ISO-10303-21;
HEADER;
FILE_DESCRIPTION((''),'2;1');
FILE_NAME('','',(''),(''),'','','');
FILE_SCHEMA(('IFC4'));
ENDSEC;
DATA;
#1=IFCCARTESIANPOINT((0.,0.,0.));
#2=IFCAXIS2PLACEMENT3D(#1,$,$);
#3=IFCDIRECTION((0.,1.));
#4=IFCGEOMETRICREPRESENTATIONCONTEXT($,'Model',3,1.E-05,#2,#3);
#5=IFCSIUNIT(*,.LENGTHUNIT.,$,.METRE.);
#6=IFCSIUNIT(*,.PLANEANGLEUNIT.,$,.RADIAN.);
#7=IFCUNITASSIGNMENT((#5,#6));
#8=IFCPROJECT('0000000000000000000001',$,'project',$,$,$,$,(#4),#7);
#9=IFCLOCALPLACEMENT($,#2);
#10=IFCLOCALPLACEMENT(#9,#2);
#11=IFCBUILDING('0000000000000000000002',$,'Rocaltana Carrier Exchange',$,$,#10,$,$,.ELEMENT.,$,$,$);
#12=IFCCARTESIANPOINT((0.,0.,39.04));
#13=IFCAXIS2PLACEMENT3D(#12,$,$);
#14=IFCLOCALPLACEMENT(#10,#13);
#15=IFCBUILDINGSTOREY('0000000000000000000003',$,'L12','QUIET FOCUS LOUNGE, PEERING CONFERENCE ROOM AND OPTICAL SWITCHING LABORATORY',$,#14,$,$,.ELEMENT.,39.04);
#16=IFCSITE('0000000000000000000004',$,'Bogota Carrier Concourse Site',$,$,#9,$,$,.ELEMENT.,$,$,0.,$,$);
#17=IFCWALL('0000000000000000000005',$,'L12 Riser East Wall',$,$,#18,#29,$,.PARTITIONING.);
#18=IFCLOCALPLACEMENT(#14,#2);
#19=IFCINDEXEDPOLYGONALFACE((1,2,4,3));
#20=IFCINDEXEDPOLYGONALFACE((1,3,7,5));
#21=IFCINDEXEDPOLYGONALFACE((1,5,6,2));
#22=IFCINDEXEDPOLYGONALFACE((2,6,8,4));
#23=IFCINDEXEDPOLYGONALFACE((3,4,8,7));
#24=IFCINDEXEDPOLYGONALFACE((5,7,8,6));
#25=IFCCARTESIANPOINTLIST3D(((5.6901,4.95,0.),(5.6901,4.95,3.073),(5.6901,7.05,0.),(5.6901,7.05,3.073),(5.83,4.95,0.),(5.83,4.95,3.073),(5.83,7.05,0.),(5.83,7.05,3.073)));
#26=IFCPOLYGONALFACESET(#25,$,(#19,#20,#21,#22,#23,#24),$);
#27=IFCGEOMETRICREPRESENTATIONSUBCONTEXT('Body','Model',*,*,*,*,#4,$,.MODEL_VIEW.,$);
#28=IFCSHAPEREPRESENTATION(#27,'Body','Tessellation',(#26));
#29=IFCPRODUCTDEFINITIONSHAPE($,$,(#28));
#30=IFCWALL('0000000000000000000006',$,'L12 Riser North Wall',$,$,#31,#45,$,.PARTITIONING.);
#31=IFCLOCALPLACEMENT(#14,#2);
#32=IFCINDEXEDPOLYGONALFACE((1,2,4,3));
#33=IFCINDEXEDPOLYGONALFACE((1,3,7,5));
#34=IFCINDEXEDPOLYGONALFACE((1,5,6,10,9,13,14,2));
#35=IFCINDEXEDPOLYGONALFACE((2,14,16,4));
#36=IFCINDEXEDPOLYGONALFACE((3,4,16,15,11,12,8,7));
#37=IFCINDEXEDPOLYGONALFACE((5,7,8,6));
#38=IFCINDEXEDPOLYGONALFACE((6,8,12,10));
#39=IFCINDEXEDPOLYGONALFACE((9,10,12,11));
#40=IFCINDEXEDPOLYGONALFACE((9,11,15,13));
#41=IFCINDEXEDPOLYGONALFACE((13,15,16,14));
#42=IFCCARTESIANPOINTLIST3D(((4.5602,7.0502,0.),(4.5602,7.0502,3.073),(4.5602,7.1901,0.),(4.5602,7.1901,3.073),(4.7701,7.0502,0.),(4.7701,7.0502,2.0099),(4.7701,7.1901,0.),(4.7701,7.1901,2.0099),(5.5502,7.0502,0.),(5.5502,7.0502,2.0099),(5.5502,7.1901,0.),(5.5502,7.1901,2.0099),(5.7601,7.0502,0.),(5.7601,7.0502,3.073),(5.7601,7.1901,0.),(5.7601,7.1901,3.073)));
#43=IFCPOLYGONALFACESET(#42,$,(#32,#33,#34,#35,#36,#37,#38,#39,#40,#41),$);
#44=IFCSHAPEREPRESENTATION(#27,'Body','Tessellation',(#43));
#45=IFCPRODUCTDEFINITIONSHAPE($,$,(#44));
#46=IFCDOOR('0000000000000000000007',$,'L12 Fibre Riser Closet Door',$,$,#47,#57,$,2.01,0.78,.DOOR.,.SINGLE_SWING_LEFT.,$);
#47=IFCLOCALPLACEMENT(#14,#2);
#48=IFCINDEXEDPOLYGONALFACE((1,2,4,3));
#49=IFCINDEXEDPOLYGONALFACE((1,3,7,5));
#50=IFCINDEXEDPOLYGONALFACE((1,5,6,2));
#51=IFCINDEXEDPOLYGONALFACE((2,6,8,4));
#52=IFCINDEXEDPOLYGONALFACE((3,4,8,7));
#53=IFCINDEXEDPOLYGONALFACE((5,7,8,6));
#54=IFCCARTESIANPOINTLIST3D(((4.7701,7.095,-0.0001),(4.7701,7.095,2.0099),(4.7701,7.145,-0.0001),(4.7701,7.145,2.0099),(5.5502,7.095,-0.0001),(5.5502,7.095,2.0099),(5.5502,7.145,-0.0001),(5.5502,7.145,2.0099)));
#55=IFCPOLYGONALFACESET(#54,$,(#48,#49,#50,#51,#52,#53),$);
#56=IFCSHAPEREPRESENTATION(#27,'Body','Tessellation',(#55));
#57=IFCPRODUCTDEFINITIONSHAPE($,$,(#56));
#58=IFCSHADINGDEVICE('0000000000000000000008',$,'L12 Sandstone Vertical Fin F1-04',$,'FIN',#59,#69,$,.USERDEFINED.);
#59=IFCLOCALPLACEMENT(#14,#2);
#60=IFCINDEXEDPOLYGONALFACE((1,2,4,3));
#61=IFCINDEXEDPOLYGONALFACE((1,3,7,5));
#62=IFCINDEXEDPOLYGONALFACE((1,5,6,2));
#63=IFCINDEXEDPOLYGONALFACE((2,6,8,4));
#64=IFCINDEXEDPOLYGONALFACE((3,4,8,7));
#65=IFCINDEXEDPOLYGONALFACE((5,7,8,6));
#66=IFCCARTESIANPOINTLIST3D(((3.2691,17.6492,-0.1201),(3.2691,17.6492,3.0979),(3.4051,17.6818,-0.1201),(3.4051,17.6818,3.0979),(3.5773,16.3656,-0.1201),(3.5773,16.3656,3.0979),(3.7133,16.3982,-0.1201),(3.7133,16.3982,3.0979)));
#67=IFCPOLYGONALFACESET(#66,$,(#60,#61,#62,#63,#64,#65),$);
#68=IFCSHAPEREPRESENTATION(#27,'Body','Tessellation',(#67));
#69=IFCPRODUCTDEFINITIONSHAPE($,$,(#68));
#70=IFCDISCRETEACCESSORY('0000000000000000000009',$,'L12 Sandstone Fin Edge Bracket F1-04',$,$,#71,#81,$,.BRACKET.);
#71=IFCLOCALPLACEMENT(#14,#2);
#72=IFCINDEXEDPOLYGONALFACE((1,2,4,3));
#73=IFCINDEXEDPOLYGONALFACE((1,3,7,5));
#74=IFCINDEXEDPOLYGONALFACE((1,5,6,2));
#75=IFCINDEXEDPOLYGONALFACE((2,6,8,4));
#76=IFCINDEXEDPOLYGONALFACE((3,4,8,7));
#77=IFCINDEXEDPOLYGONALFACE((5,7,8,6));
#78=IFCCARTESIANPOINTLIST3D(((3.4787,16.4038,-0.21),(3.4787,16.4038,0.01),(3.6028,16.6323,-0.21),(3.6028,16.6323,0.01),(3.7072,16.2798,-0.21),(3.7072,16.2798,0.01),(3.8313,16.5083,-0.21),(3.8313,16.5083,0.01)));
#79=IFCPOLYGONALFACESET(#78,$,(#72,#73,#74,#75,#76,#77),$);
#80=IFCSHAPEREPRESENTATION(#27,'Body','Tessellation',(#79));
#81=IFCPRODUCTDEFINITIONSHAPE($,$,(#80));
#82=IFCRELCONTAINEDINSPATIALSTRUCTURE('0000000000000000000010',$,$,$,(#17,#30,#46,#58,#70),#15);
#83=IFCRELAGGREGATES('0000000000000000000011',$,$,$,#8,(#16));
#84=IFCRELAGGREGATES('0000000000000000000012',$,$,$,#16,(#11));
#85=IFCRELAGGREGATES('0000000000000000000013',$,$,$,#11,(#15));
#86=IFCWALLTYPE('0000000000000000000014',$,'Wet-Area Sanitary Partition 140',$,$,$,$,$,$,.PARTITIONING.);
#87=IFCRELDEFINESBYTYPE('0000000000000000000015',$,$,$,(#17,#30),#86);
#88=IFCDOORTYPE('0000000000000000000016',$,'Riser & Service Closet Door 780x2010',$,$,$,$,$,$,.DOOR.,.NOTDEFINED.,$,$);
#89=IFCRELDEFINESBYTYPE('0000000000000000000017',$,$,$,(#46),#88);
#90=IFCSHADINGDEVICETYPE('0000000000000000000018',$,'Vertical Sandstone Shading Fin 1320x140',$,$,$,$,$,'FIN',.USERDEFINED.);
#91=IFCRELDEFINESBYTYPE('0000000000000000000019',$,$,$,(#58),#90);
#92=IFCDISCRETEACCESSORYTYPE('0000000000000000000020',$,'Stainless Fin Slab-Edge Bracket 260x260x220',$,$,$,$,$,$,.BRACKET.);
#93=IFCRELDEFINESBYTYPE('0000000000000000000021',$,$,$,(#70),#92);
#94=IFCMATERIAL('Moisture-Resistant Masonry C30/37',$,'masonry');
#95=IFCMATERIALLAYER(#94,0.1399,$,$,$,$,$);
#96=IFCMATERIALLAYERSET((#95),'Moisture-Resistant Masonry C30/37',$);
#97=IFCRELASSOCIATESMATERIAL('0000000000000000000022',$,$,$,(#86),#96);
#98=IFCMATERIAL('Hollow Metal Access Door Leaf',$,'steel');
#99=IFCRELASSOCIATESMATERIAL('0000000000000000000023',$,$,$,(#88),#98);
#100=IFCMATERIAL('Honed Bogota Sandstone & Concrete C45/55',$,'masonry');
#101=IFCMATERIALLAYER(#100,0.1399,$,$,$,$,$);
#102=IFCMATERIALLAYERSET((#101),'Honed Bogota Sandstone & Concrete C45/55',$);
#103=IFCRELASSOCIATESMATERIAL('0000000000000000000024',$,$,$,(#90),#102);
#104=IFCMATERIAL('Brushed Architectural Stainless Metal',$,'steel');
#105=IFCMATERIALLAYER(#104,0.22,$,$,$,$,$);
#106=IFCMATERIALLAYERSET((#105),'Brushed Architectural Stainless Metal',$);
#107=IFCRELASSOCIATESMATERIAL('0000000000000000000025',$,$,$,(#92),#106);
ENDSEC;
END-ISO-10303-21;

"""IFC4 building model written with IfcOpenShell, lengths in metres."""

from ifc_helpers import new_model, si_unit, direction, frame, frame_2d, origin, origin_2d, place, context, subcontext, project, spatial, rectangle, extrude, material, layer, layer_set, type_object, element, fill, save


model = new_model("IFC4")

# Units and contexts
model_context = context("Model", 3, precision=1e-05, world=origin(), true_north=direction((0.0, 1.0)))
body_context = subcontext(model_context, "Body", "Model", "MODEL_VIEW")
ifc_project = project(units=[si_unit("LENGTHUNIT", "METRE"), si_unit("PLANEANGLEUNIT", "RADIAN")], contexts=[model_context])

# Site, building, storey
site_placement = place(None, origin())
site = spatial("IfcSite", under=ifc_project, at=site_placement, Name="Bogota Carrier Concourse Site", CompositionType="ELEMENT", RefElevation=0.0)
building_placement = place(site_placement, origin())
building = spatial("IfcBuilding", under=site, at=building_placement, Name="Rocaltana Carrier Exchange", CompositionType="ELEMENT")
storey_placement = place(building_placement, frame((0.0, 0.0, 39.04)))
storey = spatial("IfcBuildingStorey", under=building, at=storey_placement, Name="L12", Description="QUIET FOCUS LOUNGE, PEERING CONFERENCE ROOM AND OPTICAL SWITCHING LABORATORY", CompositionType="ELEMENT", Elevation=39.04)

# Wall
ifc_material_1 = material(Name="Moisture-Resistant Masonry C30/37", Category="masonry")
ifc_layer_1 = layer(ifc_material_1, 0.1399)
ifc_layer_set_1 = layer_set([ifc_layer_1], Name="Moisture-Resistant Masonry C30/37")
wall_type_1 = type_object("IfcWallType", Name="Wet-Area Sanitary Partition 140", PredefinedType="PARTITIONING", material=ifc_layer_set_1)
wall_1_placement = place(storey_placement, frame((5.76, 4.95, 0.0), z_axis=(0.0, 0.0, 1.0), x_axis=(0.0, 1.0, 0.0)))
element("IfcWall", 1, at=wall_1_placement, inside=storey, type_object=wall_type_1, Name="L12 Riser East Wall", PredefinedType="PARTITIONING", context=body_context, shape_type="SweptSolid", body=[
    extrude(rectangle(XDim=2.1001, YDim=0.1399, at=frame_2d((1.05, 0.0))), origin(), (0.0, 0.0, 1.0), 3.073),
])

# Wall, opening, door
wall_2_placement = place(storey_placement, frame((4.5601, 7.1201, 0.0), z_axis=(0.0, 0.0, 1.0), x_axis=(1.0, 0.0, 0.0)))
wall_2 = element("IfcWall", 2, at=wall_2_placement, inside=storey, type_object=wall_type_1, Name="L12 Riser North Wall", PredefinedType="PARTITIONING", context=body_context, shape_type="SweptSolid", body=[
    extrude(rectangle(XDim=1.2, YDim=0.1399, at=frame_2d((0.6001, 0.0))), origin(), (0.0, 0.0, 1.0), 3.073),
])
opening_1_placement = place(wall_2_placement, frame((0.21, 0.0, 0.0)))
opening_1 = element("IfcOpeningElement", 3, at=opening_1_placement, cuts=wall_2, PredefinedType="OPENING", context=body_context, shape_type="SweptSolid", body=[
    extrude(rectangle(XDim=0.78, YDim=2.01, at=frame_2d((0.3901, 1.0049))), frame((0.0, 0.0798, 0.0), z_axis=(0.0, -1.0, 0.0), x_axis=(1.0, 0.0, 0.0)), (0.0, 0.0, 1.0), 0.1599),
])
ifc_material_2 = material(Name="Hollow Metal Access Door Leaf", Category="steel")
door_type_1 = type_object("IfcDoorType", Name="Riser & Service Closet Door 780x2010", OperationType="NOTDEFINED", PredefinedType="DOOR", material=ifc_material_2)
door_1_placement = place(opening_1_placement, origin())
door_1 = element("IfcDoor", 4, at=door_1_placement, inside=storey, type_object=door_type_1, Name="L12 Fibre Riser Closet Door", OperationType="SINGLE_SWING_LEFT", OverallHeight=2.01, OverallWidth=0.78, PredefinedType="DOOR", context=body_context, shape_type="SweptSolid", body=[
    extrude(rectangle(XDim=0.78, YDim=2.01, at=frame_2d((0.3901, 1.0049))), frame((0.0, 0.0249, 0.0), z_axis=(0.0, -1.0, 0.0), x_axis=(1.0, 0.0, 0.0)), (0.0, 0.0, 1.0), 0.05),
])
fill(opening_1, door_1)

# Shading device
ifc_material_3 = material(Name="Honed Bogota Sandstone & Concrete C45/55", Category="masonry")
ifc_layer_2 = layer(ifc_material_3, 0.1399)
ifc_layer_set_2 = layer_set([ifc_layer_2], Name="Honed Bogota Sandstone & Concrete C45/55")
shading_device_type = type_object("IfcShadingDeviceType", Name="Vertical Sandstone Shading Fin 1320x140", ElementType="FIN", PredefinedType="USERDEFINED", material=ifc_layer_set_2)
shading_device_placement = place(storey_placement, frame((3.4912, 17.0237, -0.1201), z_axis=(0.0, 0.0, 1.0), x_axis=(-0.233445, 0.97237, 0.0)))
element("IfcShadingDevice", 5, at=shading_device_placement, inside=storey, type_object=shading_device_type, Name="L12 Sandstone Vertical Fin F1-04", ObjectType="FIN", PredefinedType="USERDEFINED", context=body_context, shape_type="SweptSolid", body=[
    extrude(rectangle(XDim=1.3201, YDim=0.1399, at=origin_2d()), origin(), (0.0, 0.0, 1.0), 3.218),
])

# Discrete accessory
ifc_material_4 = material(Name="Brushed Architectural Stainless Metal", Category="steel")
ifc_layer_3 = layer(ifc_material_4, 0.22)
ifc_layer_set_3 = layer_set([ifc_layer_3], Name="Brushed Architectural Stainless Metal")
discrete_accessory_type = type_object("IfcDiscreteAccessoryType", Name="Stainless Fin Slab-Edge Bracket 260x260x220", PredefinedType="BRACKET", material=ifc_layer_set_3)
discrete_accessory_placement = place(storey_placement, frame((3.655, 16.4561, -0.21), z_axis=(0.0, 0.0, 1.0), x_axis=(-0.878817, 0.477159, 0.0)))
element("IfcDiscreteAccessory", 6, at=discrete_accessory_placement, inside=storey, type_object=discrete_accessory_type, Name="L12 Sandstone Fin Edge Bracket F1-04", PredefinedType="BRACKET", context=body_context, shape_type="SweptSolid", body=[
    extrude(rectangle(XDim=0.26, YDim=0.26, at=origin_2d()), origin(), (0.0, 0.0, 1.0), 0.22),
])

save(model, "model.ifc")
